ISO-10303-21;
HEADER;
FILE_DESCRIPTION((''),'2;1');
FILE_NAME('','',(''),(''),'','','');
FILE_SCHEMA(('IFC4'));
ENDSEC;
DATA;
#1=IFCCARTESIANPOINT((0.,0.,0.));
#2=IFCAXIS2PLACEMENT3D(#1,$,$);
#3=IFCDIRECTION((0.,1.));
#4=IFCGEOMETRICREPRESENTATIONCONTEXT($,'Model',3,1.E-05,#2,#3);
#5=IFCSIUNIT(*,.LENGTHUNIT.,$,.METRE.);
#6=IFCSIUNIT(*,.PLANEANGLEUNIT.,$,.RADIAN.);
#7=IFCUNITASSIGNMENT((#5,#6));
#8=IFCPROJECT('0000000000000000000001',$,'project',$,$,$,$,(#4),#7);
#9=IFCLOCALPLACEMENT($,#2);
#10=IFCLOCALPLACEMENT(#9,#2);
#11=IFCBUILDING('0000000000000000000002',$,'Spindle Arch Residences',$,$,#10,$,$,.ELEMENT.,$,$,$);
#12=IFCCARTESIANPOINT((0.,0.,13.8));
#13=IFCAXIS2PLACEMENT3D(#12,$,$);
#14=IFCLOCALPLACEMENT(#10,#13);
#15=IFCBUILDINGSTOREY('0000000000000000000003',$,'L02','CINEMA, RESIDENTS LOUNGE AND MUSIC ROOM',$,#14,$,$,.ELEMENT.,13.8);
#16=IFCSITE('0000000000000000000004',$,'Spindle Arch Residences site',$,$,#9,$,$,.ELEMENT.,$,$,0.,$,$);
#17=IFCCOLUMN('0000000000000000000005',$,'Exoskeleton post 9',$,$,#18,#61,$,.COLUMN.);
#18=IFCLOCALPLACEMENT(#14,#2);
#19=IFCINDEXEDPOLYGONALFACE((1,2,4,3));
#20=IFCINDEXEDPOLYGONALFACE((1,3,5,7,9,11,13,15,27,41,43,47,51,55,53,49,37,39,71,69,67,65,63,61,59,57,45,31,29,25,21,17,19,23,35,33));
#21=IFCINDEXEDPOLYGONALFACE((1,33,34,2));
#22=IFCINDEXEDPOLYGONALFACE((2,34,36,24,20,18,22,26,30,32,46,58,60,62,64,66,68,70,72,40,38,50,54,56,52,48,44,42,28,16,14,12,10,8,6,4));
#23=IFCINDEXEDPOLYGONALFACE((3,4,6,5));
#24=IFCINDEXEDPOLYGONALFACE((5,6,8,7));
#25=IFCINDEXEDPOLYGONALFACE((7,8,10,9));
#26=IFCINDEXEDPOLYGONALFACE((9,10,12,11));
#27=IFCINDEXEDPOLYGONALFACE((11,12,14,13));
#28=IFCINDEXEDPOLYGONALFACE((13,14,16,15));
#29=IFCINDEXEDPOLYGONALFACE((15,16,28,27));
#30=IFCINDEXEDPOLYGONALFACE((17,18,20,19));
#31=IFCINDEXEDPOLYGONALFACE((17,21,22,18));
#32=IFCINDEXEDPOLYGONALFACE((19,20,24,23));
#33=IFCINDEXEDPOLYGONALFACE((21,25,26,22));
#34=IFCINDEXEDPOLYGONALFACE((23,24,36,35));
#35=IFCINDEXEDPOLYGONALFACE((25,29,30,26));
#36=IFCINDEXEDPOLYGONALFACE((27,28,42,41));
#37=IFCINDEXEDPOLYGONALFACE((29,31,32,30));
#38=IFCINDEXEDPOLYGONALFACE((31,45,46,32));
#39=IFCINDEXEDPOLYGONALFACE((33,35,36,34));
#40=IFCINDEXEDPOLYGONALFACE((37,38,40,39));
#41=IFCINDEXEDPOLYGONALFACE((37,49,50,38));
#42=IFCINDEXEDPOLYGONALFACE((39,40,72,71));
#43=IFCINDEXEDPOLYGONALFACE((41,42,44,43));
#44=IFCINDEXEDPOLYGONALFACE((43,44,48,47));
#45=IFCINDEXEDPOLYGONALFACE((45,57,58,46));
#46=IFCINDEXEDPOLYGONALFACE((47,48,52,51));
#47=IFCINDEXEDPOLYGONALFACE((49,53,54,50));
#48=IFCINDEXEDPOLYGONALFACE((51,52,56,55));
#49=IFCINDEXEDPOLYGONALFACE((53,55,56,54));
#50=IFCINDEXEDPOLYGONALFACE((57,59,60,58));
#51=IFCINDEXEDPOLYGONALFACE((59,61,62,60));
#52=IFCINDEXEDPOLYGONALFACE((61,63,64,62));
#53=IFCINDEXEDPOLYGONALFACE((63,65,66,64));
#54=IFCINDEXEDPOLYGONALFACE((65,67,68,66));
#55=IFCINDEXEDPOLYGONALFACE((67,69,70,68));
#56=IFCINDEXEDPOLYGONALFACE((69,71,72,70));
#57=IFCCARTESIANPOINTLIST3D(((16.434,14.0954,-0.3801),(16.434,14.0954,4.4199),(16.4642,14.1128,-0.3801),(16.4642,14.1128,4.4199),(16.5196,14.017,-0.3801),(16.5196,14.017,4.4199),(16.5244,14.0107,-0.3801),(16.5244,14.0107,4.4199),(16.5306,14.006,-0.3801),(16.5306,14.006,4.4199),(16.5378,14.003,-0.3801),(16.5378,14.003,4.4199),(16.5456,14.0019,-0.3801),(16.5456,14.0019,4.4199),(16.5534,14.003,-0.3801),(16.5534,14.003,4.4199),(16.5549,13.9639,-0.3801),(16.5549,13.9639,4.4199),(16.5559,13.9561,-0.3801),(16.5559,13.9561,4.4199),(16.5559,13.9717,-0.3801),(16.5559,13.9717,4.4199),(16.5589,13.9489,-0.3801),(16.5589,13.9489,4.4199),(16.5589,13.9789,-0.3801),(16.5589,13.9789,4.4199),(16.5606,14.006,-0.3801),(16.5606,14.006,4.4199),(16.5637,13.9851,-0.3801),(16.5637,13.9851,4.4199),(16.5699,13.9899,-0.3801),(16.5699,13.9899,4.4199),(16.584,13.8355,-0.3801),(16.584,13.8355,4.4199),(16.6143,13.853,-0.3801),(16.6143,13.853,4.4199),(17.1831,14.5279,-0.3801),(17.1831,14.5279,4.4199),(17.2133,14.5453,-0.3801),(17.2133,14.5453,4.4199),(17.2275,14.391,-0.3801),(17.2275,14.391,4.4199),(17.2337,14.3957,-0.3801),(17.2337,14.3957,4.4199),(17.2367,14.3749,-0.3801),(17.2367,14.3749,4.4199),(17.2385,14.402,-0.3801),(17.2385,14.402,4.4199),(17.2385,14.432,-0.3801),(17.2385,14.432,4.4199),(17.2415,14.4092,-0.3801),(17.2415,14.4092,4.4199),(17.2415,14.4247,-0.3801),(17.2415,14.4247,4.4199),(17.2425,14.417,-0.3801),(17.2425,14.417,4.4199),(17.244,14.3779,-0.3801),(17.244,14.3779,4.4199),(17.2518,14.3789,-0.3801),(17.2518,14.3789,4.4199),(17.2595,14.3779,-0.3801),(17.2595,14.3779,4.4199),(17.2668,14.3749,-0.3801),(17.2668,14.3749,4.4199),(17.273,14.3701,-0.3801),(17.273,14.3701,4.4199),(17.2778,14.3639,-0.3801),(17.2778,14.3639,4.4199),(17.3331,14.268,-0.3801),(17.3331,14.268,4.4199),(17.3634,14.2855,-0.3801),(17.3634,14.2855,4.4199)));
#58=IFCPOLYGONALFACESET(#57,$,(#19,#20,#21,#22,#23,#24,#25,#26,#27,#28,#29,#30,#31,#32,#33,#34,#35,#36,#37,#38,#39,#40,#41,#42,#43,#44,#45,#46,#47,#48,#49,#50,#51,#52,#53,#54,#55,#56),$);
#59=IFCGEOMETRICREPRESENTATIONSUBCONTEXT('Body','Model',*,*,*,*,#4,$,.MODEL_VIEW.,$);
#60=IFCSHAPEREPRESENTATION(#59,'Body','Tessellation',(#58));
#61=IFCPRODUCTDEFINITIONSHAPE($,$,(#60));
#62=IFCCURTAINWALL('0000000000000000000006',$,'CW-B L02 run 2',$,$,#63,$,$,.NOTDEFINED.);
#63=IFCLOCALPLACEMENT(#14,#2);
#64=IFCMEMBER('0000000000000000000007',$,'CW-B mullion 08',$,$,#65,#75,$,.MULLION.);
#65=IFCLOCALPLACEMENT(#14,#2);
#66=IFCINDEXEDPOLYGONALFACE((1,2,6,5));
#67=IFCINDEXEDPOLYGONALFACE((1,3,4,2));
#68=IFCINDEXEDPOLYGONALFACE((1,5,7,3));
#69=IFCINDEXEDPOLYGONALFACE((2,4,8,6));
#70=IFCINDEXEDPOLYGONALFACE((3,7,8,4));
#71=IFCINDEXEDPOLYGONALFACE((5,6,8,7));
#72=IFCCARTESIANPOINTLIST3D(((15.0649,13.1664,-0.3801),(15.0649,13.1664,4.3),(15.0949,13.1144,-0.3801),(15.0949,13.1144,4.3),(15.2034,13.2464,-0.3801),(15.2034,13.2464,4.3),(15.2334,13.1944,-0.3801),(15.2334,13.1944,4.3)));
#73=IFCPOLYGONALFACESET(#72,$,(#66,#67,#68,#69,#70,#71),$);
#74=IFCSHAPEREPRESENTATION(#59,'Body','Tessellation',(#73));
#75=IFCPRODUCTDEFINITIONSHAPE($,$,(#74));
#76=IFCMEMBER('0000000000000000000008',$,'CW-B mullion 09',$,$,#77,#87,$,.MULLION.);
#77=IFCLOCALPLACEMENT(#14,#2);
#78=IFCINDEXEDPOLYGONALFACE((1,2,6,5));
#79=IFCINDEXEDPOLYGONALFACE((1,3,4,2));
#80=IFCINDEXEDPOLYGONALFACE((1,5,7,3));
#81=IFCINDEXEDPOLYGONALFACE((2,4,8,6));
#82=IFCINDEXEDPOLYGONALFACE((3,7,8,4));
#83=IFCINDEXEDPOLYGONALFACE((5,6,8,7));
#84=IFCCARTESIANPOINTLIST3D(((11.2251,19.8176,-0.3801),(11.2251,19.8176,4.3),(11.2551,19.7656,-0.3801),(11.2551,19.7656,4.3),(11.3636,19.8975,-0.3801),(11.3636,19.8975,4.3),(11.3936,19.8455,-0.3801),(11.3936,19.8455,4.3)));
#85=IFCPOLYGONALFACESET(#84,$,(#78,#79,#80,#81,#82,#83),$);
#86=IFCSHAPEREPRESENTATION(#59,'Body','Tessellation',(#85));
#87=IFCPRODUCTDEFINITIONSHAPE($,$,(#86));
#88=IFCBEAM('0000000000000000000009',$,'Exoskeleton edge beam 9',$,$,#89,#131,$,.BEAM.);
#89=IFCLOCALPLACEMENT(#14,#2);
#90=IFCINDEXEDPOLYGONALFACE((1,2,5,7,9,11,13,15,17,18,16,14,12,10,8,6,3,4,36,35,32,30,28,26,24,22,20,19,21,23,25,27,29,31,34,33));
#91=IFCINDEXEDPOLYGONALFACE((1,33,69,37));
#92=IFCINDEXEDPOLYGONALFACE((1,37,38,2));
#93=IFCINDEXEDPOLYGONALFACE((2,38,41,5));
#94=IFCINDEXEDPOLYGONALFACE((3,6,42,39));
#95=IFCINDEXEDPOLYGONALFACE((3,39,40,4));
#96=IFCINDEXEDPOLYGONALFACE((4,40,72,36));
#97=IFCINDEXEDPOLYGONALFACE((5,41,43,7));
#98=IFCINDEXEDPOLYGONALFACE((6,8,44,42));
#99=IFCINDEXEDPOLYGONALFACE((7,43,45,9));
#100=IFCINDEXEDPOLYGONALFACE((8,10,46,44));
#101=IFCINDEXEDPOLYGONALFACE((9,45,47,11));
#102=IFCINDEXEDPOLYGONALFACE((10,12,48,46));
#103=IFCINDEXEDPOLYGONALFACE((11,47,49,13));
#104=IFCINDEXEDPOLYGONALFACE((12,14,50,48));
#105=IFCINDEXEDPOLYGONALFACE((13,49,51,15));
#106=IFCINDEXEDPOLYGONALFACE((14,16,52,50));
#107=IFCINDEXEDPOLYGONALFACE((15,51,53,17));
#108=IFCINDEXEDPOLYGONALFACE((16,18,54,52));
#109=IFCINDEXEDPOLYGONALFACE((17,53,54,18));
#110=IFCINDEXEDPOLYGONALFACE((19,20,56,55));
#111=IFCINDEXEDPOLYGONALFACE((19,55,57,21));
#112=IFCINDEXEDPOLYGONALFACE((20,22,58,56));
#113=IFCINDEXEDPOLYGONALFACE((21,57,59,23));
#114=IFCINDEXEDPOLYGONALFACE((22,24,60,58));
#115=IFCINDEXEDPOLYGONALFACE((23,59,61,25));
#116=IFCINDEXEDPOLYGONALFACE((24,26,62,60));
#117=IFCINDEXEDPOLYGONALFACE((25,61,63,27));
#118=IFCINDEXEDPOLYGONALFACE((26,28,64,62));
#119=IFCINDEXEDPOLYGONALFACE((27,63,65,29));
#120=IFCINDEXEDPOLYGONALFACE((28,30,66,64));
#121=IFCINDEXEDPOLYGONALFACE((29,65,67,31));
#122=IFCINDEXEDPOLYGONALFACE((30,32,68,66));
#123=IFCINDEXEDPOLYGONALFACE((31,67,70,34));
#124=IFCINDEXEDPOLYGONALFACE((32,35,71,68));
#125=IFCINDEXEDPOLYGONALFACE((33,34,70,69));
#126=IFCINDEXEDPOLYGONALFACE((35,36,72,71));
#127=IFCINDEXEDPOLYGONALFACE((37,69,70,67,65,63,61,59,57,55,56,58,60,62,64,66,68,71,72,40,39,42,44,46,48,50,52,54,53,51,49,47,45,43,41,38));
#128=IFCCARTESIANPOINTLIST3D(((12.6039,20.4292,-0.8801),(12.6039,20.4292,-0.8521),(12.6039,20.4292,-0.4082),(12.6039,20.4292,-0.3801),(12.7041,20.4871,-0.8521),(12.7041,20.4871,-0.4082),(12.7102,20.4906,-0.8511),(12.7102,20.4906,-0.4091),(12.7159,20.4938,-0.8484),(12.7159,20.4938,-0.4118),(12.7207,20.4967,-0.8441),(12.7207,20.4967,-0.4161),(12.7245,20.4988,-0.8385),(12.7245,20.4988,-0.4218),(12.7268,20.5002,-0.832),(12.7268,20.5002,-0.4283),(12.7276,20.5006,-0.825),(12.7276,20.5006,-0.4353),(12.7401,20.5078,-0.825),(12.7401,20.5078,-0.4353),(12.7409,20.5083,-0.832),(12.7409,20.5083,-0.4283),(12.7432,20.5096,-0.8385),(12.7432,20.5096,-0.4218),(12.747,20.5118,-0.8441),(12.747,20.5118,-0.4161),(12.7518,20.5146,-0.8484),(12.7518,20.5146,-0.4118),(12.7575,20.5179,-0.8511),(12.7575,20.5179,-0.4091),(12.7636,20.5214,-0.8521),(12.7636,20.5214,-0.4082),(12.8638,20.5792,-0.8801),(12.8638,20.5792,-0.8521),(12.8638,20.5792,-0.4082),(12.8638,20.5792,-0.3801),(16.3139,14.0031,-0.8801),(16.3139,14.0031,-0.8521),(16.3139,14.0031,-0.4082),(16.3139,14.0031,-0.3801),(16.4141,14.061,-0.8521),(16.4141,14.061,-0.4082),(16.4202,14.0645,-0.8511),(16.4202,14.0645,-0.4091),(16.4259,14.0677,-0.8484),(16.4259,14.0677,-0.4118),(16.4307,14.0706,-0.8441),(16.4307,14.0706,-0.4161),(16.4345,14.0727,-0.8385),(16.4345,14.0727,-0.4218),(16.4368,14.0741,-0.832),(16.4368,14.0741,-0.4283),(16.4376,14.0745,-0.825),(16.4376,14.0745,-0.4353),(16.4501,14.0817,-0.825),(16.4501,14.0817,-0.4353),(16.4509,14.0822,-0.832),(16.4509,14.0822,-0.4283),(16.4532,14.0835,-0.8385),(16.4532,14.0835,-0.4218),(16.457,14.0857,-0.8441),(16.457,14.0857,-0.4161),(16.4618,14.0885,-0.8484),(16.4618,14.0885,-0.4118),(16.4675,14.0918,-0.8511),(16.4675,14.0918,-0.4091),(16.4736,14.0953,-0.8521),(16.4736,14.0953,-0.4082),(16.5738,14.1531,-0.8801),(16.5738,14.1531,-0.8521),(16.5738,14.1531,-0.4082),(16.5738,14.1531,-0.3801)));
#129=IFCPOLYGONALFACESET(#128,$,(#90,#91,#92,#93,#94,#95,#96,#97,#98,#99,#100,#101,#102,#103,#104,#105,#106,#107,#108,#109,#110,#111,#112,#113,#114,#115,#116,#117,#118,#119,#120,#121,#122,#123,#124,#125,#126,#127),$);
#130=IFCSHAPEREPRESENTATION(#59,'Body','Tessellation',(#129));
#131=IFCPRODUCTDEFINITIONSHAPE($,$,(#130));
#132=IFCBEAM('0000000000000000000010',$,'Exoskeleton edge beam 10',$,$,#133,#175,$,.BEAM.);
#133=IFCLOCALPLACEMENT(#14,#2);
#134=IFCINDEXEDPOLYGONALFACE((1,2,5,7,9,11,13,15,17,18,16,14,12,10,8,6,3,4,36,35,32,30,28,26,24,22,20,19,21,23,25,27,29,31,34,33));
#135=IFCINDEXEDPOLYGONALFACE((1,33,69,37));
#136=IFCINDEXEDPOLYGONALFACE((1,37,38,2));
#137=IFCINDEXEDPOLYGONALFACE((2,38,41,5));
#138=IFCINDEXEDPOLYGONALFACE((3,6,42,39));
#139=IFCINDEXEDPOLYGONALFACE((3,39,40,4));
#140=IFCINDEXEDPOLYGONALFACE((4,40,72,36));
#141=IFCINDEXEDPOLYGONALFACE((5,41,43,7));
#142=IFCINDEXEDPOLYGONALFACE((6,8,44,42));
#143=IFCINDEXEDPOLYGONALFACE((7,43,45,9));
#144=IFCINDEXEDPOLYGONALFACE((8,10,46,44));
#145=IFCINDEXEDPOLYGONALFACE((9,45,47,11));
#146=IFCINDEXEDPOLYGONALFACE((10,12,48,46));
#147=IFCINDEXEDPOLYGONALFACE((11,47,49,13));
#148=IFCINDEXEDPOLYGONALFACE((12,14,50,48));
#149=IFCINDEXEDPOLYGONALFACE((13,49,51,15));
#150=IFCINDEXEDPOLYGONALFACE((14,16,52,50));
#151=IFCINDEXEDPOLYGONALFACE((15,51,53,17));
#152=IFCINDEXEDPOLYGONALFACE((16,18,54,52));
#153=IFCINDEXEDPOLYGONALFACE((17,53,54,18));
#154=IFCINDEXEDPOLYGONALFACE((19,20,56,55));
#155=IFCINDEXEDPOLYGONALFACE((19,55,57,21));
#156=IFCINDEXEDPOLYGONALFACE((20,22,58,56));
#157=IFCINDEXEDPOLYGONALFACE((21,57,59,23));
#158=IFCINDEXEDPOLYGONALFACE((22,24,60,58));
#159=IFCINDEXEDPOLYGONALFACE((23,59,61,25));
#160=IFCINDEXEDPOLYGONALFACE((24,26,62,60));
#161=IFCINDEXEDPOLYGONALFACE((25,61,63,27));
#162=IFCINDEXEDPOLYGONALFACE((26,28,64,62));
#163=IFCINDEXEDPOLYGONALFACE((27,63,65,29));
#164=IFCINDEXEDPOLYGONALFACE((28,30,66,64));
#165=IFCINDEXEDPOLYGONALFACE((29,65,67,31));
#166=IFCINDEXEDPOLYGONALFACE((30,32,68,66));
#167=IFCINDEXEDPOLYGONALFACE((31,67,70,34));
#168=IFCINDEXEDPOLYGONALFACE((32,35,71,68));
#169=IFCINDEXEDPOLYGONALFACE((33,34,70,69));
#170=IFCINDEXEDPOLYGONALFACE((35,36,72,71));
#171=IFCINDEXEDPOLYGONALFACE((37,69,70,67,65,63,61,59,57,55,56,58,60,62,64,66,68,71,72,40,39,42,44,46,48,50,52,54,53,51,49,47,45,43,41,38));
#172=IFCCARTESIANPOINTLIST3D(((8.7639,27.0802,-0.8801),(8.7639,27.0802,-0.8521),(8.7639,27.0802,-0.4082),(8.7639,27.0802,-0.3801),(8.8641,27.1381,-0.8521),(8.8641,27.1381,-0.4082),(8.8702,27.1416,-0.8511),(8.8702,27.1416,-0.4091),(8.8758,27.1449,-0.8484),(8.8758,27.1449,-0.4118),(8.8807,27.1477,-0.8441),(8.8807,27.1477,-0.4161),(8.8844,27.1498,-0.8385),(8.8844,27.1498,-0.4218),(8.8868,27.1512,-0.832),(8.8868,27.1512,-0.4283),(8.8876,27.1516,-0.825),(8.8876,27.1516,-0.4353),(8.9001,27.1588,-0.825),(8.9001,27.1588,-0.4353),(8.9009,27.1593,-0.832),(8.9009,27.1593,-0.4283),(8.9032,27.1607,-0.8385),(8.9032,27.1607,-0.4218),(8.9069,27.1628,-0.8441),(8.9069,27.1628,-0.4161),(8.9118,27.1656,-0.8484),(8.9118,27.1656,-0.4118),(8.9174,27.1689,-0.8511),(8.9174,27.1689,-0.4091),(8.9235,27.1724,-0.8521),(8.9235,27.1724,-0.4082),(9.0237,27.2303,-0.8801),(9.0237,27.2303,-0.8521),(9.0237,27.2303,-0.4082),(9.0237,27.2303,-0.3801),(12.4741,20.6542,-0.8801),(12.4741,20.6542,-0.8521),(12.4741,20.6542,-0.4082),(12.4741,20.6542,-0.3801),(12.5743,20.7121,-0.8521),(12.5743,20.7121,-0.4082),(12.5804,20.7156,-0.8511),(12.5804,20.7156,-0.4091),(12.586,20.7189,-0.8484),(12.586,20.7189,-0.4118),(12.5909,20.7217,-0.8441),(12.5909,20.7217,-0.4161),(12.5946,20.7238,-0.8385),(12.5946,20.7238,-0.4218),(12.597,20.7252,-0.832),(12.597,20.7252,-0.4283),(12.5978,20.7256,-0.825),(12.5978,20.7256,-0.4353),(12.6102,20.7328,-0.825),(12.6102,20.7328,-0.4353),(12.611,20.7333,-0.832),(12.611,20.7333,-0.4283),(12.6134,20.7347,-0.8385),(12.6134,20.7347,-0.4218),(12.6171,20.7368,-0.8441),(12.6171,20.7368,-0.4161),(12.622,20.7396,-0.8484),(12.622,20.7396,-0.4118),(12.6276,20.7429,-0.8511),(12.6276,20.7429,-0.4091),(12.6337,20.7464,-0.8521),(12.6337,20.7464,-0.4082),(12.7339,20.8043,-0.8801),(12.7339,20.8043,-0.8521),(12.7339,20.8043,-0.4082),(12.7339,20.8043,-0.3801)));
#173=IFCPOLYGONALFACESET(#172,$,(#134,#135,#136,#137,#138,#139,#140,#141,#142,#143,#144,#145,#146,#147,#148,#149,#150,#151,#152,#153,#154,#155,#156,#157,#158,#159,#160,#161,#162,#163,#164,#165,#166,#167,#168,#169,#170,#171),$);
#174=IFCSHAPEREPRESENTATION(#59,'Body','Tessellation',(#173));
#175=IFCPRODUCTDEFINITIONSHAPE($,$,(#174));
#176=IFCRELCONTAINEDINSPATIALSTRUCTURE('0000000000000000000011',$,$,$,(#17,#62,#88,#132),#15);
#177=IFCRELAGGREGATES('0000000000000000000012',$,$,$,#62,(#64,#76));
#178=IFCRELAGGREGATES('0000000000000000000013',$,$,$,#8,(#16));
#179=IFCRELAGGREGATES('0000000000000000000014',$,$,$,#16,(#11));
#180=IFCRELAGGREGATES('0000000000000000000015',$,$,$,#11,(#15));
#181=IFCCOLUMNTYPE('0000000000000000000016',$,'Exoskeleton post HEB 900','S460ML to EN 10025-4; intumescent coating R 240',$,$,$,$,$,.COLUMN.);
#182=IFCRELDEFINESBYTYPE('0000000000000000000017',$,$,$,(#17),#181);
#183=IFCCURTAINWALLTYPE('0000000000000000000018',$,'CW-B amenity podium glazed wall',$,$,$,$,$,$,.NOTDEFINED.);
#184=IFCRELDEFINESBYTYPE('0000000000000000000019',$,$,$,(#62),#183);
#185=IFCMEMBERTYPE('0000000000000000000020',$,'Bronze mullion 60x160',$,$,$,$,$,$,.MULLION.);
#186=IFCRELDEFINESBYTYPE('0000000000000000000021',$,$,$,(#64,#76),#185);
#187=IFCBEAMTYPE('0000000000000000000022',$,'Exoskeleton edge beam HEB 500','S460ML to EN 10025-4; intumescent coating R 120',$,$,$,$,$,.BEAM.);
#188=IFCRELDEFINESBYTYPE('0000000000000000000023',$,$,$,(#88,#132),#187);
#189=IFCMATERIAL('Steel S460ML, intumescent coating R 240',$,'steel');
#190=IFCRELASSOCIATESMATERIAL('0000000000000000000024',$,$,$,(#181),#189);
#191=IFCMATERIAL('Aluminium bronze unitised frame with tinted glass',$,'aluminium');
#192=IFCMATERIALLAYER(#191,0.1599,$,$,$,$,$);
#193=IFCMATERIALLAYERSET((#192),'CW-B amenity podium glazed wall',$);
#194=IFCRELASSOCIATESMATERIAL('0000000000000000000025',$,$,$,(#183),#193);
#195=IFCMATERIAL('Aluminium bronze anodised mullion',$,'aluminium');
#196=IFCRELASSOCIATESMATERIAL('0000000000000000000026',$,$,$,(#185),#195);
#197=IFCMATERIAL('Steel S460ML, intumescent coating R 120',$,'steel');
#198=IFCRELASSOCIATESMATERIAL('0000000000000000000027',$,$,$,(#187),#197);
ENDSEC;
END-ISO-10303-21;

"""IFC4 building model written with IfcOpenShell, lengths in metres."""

from ifc_helpers import new_model, si_unit, direction, frame, origin, origin_2d, place, context, subcontext, project, spatial, rectangle, i_section, extrude, material, layer, layer_set, material_profile, profile_set, type_object, element, aggregate, save


model = new_model("IFC4")

# Units and contexts
model_context = context("Model", 3, precision=1e-05, world=origin(), true_north=direction((0.0, 1.0)))
body_context = subcontext(model_context, "Body", "Model", "MODEL_VIEW")
ifc_project = project(units=[si_unit("LENGTHUNIT", "METRE"), si_unit("PLANEANGLEUNIT", "RADIAN")], contexts=[model_context])

# Site, building, storey
site_placement = place(None, origin())
site = spatial("IfcSite", under=ifc_project, at=site_placement, Name="Spindle Arch Residences site", CompositionType="ELEMENT", RefElevation=0.0)
building_placement = place(site_placement, origin())
building = spatial("IfcBuilding", under=site, at=building_placement, Name="Spindle Arch Residences", CompositionType="ELEMENT")
storey_placement = place(building_placement, frame((0.0, 0.0, 13.8)))
storey = spatial("IfcBuildingStorey", under=building, at=storey_placement, Name="L02", Description="CINEMA, RESIDENTS LOUNGE AND MUSIC ROOM", CompositionType="ELEMENT", Elevation=13.8)

# Column
ifc_material_1 = material(Name="Steel S460ML, intumescent coating R 240", Category="steel")
ifc_material_profile_1 = material_profile(ifc_material_1, i_section(OverallWidth=0.3, OverallDepth=0.8999, WebThickness=0.0186, FlangeThickness=0.0349, FilletRadius=0.03, at=origin_2d()), Name="HEB 900")
ifc_profile_set_1 = profile_set([ifc_material_profile_1], Name="Steel S460ML, intumescent coating R 240")
column_type = type_object("IfcColumnType", Name="Exoskeleton post HEB 900", Description="S460ML to EN 10025-4; intumescent coating R 240", PredefinedType="COLUMN", material=ifc_profile_set_1)
column_placement = place(storey_placement, frame((16.8987, 14.1904, -0.3801), z_axis=(0.0, 0.0, 1.0), x_axis=(0.5, -0.866025, 0.0)))
element("IfcColumn", 1, at=column_placement, inside=storey, type_object=column_type, Name="Exoskeleton post 9", PredefinedType="COLUMN", context=body_context, shape_type="SweptSolid", body=[
    extrude(i_section(OverallWidth=0.3, OverallDepth=0.8999, WebThickness=0.0186, FlangeThickness=0.0349, FilletRadius=0.03, at=origin_2d()), origin(), (0.0, 0.0, 1.0), 4.8),
])

# Curtain wall, members
ifc_material_2 = material(Name="Aluminium bronze unitised frame with tinted glass", Category="aluminium")
ifc_layer_1 = layer(ifc_material_2, 0.1599)
ifc_layer_set_1 = layer_set([ifc_layer_1], Name="CW-B amenity podium glazed wall")
curtain_wall_type = type_object("IfcCurtainWallType", Name="CW-B amenity podium glazed wall", PredefinedType="NOTDEFINED", material=ifc_layer_set_1)
curtain_wall_placement = place(storey_placement, origin())
curtain_wall = element("IfcCurtainWall", 2, at=curtain_wall_placement, inside=storey, type_object=curtain_wall_type, Name="CW-B L02 run 2", PredefinedType="NOTDEFINED")
ifc_material_3 = material(Name="Aluminium bronze anodised mullion", Category="aluminium")
ifc_material_profile_2 = material_profile(ifc_material_3, rectangle(XDim=0.1599, YDim=0.0601, at=origin_2d()), Name="MU 60x160")
ifc_profile_set_2 = profile_set([ifc_material_profile_2], Name="Aluminium bronze anodised mullion")
member_type = type_object("IfcMemberType", Name="Bronze mullion 60x160", PredefinedType="MULLION", material=ifc_profile_set_2)
member_1_placement = place(storey_placement, frame((15.1492, 13.1804, -0.3801), z_axis=(0.0, 0.0, 1.0), x_axis=(-0.866025, -0.5, 0.0)))
member_1 = element("IfcMember", 3, at=member_1_placement, type_object=member_type, Name="CW-B mullion 08", PredefinedType="MULLION", context=body_context, shape_type="SweptSolid", body=[
    extrude(rectangle(XDim=0.1599, YDim=0.0601, at=origin_2d()), origin(), (0.0, 0.0, 1.0), 4.6802),
])
member_2_placement = place(storey_placement, frame((11.3093, 19.8315, -0.3801), z_axis=(0.0, 0.0, 1.0), x_axis=(-0.866025, -0.5, 0.0)))
member_2 = element("IfcMember", 4, at=member_2_placement, type_object=member_type, Name="CW-B mullion 09", PredefinedType="MULLION", context=body_context, shape_type="SweptSolid", body=[
    extrude(rectangle(XDim=0.1599, YDim=0.0601, at=origin_2d()), origin(), (0.0, 0.0, 1.0), 4.6802),
])

# Beams
ifc_material_4 = material(Name="Steel S460ML, intumescent coating R 120", Category="steel")
ifc_material_profile_3 = material_profile(ifc_material_4, i_section(OverallWidth=0.3, OverallDepth=0.5, WebThickness=0.0144, FlangeThickness=0.0281, FilletRadius=0.0271, at=origin_2d()), Name="HEB 500")
ifc_profile_set_3 = profile_set([ifc_material_profile_3], Name="Steel S460ML, intumescent coating R 120")
beam_type_1 = type_object("IfcBeamType", Name="Exoskeleton edge beam HEB 500", Description="S460ML to EN 10025-4; intumescent coating R 120", PredefinedType="BEAM", material=ifc_profile_set_3)
for number, where, z_axis, x_axis, name in (
    (5, (16.4438, 14.0781, -0.6301), (-0.499989, 0.866032, 0.0), (-0.866032, -0.499989, 0.0), "Exoskeleton edge beam 9"),
    (6, (12.604, 20.7292, -0.6301), (-0.500014, 0.866017, 0.0), (-0.866017, -0.500014, 0.0), "Exoskeleton edge beam 10"),
):
    element("IfcBeam", number, at=place(storey_placement, frame(where, z_axis=z_axis, x_axis=x_axis)), inside=storey, type_object=beam_type_1, Name=name, PredefinedType="BEAM", context=body_context, shape_type="SweptSolid", body=[
        extrude(i_section(OverallWidth=0.3, OverallDepth=0.5, WebThickness=0.0144, FlangeThickness=0.0281, FilletRadius=0.0271, at=origin_2d()), origin(), (0.0, 0.0, 1.0), 7.4202),
    ])

aggregate(curtain_wall, [member_1, member_2])

save(model, "model.ifc")
